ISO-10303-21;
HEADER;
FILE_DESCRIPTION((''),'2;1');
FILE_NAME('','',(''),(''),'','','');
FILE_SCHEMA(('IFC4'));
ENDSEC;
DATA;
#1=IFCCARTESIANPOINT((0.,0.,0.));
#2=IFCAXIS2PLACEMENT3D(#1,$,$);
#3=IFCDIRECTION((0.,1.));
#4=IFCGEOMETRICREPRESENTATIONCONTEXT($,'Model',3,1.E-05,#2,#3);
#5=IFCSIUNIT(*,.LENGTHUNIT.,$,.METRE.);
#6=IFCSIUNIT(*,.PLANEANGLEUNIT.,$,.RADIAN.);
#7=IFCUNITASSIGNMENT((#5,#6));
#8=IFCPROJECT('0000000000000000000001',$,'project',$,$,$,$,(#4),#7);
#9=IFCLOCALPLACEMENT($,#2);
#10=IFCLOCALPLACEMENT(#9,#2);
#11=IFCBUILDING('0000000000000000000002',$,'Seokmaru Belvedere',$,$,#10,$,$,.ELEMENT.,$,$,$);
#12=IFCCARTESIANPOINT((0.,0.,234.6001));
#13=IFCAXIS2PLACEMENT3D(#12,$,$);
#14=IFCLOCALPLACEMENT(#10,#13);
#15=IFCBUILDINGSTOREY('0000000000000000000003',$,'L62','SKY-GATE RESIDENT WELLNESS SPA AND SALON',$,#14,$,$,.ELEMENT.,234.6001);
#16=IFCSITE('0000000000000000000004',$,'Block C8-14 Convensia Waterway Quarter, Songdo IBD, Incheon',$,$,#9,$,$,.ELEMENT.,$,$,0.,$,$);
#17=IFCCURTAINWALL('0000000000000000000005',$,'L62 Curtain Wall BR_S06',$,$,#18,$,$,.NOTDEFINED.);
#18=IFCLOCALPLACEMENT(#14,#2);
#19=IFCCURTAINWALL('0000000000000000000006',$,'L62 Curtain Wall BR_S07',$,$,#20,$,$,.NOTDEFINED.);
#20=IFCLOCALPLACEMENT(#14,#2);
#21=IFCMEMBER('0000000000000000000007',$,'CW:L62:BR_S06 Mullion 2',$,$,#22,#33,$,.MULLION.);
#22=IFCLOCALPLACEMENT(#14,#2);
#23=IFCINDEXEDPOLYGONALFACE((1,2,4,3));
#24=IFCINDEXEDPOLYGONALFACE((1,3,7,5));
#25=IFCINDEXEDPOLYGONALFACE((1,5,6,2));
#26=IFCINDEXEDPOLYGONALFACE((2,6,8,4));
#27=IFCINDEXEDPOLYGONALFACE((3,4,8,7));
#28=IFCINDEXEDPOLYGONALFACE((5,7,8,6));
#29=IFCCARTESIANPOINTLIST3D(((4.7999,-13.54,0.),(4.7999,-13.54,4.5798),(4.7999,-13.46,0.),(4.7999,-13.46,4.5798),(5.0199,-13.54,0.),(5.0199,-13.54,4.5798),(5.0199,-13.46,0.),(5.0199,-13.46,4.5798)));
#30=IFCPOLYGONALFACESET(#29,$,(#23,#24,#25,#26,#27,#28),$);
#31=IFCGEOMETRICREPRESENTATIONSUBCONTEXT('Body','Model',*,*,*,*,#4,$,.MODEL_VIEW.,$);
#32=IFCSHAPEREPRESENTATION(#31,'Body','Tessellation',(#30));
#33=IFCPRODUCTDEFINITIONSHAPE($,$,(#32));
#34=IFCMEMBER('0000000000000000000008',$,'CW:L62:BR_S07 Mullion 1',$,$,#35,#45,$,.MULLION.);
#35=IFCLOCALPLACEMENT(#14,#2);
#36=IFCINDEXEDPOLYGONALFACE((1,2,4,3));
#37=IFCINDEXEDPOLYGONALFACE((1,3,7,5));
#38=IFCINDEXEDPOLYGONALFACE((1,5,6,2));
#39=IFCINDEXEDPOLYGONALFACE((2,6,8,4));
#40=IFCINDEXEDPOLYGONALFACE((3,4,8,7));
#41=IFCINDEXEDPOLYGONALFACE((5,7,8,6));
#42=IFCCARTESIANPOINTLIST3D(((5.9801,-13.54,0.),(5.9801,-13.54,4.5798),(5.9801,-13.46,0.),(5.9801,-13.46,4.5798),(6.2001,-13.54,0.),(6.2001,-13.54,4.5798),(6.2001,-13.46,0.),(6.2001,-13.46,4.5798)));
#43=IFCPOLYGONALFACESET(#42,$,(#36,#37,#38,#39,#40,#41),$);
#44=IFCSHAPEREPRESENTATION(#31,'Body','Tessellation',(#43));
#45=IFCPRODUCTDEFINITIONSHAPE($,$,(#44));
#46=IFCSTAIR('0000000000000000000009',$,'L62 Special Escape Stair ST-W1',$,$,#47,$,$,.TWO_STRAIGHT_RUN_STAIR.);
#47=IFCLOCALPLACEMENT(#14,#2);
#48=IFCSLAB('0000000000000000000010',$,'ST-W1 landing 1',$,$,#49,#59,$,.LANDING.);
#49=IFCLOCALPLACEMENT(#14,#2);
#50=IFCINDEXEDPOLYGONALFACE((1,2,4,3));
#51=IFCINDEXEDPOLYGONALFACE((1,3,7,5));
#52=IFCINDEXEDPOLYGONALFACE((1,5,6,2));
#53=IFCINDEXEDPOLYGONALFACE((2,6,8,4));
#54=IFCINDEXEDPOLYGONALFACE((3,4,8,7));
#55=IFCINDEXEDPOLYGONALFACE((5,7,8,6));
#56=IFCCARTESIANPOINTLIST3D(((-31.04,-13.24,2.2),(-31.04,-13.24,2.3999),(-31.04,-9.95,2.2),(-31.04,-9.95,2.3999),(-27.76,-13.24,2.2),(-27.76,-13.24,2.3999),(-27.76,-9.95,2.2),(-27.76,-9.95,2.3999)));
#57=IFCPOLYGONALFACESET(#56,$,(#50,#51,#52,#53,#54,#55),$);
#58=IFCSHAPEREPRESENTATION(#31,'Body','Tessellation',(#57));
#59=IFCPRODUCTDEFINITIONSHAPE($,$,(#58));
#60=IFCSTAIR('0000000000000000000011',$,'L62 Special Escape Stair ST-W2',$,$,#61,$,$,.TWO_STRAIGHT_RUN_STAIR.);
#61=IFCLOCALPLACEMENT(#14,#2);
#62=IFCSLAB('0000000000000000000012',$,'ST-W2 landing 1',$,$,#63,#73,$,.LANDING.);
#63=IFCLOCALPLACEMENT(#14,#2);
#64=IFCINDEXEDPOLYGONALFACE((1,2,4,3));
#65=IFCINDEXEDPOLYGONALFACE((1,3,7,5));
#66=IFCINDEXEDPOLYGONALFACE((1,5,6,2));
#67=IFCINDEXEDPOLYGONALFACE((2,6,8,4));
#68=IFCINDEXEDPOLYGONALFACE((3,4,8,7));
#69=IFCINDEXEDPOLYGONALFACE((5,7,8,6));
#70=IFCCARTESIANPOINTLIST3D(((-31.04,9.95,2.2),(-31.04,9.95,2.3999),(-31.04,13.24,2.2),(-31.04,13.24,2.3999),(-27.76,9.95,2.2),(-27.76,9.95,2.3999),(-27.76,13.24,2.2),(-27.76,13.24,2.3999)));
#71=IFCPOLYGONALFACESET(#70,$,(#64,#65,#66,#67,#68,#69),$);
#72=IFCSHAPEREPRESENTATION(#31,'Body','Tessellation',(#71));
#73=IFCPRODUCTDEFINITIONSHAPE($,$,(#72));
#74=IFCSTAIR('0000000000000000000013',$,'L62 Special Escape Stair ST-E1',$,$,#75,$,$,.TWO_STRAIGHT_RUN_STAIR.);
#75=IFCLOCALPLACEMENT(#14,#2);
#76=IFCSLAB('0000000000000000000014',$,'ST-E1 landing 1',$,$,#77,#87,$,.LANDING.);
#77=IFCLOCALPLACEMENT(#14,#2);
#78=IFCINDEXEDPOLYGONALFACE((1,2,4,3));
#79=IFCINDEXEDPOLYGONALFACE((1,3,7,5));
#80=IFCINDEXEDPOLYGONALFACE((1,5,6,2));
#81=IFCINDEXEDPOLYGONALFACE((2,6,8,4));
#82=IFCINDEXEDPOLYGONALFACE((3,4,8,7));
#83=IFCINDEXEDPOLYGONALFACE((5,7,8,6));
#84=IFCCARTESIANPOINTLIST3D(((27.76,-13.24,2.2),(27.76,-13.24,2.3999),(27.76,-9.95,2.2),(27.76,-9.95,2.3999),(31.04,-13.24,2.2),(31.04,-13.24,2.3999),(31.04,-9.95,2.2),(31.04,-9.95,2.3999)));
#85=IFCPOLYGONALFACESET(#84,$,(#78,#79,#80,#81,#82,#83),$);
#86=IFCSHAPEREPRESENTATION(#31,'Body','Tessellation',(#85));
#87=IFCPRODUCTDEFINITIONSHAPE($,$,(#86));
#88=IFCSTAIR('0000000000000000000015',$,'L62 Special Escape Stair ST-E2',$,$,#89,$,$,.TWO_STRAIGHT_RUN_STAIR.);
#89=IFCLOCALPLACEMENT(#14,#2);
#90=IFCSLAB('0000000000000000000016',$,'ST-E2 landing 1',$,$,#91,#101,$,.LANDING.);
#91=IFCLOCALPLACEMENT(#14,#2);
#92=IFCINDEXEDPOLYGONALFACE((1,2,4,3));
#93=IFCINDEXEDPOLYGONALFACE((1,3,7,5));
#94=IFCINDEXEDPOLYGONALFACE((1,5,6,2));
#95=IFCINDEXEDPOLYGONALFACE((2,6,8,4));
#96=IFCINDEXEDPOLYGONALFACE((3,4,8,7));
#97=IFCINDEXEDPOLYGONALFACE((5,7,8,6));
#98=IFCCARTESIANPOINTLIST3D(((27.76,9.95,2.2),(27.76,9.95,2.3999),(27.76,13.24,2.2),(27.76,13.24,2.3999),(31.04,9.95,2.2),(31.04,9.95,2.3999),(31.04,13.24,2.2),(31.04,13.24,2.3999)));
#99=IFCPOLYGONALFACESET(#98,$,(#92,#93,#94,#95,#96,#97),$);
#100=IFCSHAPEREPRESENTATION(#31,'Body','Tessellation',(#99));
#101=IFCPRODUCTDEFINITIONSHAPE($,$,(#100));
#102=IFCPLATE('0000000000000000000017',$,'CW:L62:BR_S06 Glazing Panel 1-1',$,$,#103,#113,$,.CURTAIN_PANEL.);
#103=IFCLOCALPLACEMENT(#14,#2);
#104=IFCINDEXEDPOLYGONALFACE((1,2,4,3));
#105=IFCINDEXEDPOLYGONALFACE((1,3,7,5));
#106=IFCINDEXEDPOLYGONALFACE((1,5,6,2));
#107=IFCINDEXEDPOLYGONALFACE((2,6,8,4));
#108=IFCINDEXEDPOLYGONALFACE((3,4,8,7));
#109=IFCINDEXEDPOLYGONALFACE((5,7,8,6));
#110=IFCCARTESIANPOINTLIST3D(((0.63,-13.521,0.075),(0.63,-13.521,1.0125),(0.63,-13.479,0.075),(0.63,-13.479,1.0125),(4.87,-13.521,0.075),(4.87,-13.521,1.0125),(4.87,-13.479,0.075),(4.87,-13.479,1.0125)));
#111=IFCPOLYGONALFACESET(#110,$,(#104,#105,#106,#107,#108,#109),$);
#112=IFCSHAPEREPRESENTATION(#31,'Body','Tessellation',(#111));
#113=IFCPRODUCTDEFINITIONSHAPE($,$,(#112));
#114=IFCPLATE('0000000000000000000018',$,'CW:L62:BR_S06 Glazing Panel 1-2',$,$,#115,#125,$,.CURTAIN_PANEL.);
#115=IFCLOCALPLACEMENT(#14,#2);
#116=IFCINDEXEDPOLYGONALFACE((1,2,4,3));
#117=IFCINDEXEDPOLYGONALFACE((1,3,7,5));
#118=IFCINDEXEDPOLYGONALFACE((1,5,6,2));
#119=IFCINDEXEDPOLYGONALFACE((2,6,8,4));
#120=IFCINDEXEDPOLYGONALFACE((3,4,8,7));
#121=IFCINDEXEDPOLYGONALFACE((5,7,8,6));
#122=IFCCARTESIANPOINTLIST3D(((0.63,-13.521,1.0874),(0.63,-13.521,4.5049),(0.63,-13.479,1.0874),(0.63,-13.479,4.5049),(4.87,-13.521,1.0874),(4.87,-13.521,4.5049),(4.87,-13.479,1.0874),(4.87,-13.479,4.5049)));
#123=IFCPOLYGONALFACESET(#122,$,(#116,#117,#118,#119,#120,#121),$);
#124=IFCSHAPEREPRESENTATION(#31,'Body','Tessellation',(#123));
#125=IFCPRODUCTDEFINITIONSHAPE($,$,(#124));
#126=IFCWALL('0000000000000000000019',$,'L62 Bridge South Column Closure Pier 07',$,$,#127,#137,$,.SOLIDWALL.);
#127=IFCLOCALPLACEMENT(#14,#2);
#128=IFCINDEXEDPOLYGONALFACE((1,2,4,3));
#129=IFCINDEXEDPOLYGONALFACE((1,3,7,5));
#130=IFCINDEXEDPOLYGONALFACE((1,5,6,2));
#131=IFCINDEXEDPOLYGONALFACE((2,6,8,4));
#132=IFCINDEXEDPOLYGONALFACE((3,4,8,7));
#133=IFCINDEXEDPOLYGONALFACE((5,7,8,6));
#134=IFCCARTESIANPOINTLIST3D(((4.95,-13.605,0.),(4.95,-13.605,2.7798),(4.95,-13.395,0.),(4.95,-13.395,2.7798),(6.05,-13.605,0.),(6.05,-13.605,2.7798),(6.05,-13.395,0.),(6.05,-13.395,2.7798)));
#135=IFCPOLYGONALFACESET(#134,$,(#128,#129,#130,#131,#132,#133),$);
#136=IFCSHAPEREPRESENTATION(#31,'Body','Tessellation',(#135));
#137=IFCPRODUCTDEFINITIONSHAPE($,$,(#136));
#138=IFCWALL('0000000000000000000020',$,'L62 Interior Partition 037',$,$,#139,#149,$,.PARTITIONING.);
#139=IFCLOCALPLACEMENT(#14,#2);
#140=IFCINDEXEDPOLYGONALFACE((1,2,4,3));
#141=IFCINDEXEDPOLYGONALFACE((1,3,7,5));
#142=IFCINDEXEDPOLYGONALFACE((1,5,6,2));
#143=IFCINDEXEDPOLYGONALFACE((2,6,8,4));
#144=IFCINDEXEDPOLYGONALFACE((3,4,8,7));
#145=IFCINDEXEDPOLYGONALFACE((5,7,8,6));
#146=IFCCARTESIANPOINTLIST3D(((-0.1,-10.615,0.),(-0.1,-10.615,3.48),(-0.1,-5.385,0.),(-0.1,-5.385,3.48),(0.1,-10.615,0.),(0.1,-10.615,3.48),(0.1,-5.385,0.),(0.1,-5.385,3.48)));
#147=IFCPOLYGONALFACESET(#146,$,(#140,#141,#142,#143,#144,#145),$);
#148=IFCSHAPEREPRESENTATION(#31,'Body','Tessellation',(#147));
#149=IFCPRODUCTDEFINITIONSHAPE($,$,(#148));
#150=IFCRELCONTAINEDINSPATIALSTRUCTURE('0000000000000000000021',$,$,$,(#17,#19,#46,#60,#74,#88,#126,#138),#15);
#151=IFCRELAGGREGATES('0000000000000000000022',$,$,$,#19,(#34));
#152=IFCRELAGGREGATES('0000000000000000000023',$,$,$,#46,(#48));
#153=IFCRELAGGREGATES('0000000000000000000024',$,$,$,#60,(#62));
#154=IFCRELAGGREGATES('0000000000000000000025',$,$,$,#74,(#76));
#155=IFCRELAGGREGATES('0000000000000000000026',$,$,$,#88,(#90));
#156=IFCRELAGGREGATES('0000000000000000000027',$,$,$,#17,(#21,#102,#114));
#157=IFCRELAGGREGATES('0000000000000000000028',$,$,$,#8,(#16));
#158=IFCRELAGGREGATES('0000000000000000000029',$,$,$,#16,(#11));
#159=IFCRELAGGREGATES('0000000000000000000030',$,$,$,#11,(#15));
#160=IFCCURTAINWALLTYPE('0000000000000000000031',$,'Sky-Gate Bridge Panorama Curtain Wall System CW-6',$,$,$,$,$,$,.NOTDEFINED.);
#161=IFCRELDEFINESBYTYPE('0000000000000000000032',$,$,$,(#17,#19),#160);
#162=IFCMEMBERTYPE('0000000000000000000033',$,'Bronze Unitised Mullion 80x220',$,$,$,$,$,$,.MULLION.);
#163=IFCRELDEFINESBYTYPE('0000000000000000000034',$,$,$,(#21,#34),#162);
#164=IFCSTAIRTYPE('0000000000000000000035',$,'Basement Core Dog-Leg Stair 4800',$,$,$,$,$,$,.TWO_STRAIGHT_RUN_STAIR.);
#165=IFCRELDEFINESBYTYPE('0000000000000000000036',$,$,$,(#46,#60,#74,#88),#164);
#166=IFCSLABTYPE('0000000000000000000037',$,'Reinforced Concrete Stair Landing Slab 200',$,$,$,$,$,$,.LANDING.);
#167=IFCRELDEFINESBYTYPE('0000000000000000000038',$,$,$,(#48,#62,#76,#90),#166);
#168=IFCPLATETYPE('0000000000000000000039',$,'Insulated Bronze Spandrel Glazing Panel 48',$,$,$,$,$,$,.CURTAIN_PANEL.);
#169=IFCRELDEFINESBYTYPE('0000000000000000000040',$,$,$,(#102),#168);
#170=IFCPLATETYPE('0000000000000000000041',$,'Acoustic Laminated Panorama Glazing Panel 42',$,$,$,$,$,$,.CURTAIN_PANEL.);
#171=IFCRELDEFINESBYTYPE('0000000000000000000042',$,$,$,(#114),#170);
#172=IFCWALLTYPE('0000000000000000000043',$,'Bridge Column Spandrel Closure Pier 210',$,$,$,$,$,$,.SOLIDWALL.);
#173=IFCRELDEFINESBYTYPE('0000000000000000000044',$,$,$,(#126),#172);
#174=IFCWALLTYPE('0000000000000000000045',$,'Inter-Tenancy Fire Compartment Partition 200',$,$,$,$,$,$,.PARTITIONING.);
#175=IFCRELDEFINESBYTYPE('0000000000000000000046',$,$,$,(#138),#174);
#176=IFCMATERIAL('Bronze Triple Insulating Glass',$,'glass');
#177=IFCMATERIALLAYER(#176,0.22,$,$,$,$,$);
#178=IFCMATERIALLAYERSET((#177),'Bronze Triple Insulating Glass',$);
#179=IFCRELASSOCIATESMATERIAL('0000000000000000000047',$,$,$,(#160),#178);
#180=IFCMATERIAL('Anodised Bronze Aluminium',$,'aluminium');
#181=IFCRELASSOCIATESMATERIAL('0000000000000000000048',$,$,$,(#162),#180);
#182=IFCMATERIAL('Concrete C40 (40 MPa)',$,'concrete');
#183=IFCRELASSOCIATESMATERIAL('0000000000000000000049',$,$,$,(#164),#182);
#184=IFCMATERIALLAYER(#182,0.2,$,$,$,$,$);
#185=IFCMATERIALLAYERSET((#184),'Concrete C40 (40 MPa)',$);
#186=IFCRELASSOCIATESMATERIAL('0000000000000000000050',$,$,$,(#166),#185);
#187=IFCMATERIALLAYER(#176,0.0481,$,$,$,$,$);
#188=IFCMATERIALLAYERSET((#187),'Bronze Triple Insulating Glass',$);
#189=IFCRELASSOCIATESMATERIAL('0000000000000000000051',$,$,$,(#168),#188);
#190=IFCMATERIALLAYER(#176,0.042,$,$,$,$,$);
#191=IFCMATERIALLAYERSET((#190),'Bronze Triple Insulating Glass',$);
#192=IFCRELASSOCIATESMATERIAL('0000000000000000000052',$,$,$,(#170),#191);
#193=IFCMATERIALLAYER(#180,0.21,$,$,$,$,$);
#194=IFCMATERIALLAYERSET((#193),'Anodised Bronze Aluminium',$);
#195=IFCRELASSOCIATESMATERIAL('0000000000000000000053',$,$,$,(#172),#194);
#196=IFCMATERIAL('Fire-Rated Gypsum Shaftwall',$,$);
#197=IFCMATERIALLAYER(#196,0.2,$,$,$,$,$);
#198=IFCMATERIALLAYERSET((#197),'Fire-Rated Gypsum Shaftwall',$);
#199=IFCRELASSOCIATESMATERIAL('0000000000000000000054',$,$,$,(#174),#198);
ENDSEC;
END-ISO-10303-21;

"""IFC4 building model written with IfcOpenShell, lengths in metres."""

from ifc_helpers import new_model, si_unit, direction, frame, frame_2d, origin, origin_2d, place, context, subcontext, project, spatial, polyline, rectangle, outline, extrude, source, transform, mapped, material, layer, layer_set, material_profile, profile_set, type_object, type_shapes, element, aggregate, save


model = new_model("IFC4")

# Units and contexts
model_context = context("Model", 3, precision=1e-05, world=origin(), true_north=direction((0.0, 1.0)))
body_context = subcontext(model_context, "Body", "Model", "MODEL_VIEW")
ifc_project = project(units=[si_unit("LENGTHUNIT", "METRE"), si_unit("PLANEANGLEUNIT", "RADIAN")], contexts=[model_context])

# Site, building, storey
site_placement = place(None, origin())
site = spatial("IfcSite", under=ifc_project, at=site_placement, Name="Block C8-14 Convensia Waterway Quarter, Songdo IBD, Incheon", CompositionType="ELEMENT", RefElevation=0.0)
building_placement = place(site_placement, origin())
building = spatial("IfcBuilding", under=site, at=building_placement, Name="Seokmaru Belvedere", CompositionType="ELEMENT")
storey_placement = place(building_placement, frame((0.0, 0.0, 234.6001)))
storey = spatial("IfcBuildingStorey", under=building, at=storey_placement, Name="L62", Description="SKY-GATE RESIDENT WELLNESS SPA AND SALON", CompositionType="ELEMENT", Elevation=234.6001)

# Curtain walls
ifc_material_1 = material(Name="Bronze Triple Insulating Glass", Category="glass")
ifc_layer_1 = layer(ifc_material_1, 0.22)
ifc_layer_set_1 = layer_set([ifc_layer_1], Name="Bronze Triple Insulating Glass")
curtain_wall_type = type_object("IfcCurtainWallType", Name="Sky-Gate Bridge Panorama Curtain Wall System CW-6", PredefinedType="NOTDEFINED", material=ifc_layer_set_1)
curtain_wall_1_placement = place(storey_placement, origin())
curtain_wall_1 = element("IfcCurtainWall", 1, at=curtain_wall_1_placement, inside=storey, type_object=curtain_wall_type, Name="L62 Curtain Wall BR_S06", PredefinedType="NOTDEFINED")
ifc_material_2 = material(Name="Anodised Bronze Aluminium", Category="aluminium")
curtain_wall_2_placement = place(storey_placement, origin())
curtain_wall_2 = element("IfcCurtainWall", 2, at=curtain_wall_2_placement, inside=storey, type_object=curtain_wall_type, Name="L62 Curtain Wall BR_S07", PredefinedType="NOTDEFINED")

# Members
ifc_material_profile_1 = material_profile(ifc_material_2, rectangle(XDim=0.0801, YDim=0.22, at=origin_2d()), Name="CW-M-80x220")
ifc_profile_set_1 = profile_set([ifc_material_profile_1], Name="Anodised Bronze Aluminium")
member_type_1 = type_object("IfcMemberType", Name="Bronze Unitised Mullion 80x220", PredefinedType="MULLION", material=ifc_profile_set_1)
shared_shape_1 = source(origin(), body_context, "Body", "SweptSolid", [
    extrude(rectangle(XDim=0.0801, YDim=0.22, at=origin_2d()), origin(), (0.0, 0.0, 1.0), 4.5798),
])
type_shapes(member_type_1, [shared_shape_1])
member_1_placement = place(storey_placement, frame((4.9099, -13.5, 0.0), z_axis=(0.0, 0.0, 1.0), x_axis=(0.0, 1.0, 0.0)))
member_1 = element("IfcMember", 3, at=member_1_placement, type_object=member_type_1, Name="CW:L62:BR_S06 Mullion 2", PredefinedType="MULLION", context=body_context, shape_type="MappedRepresentation", body=[
    mapped(shared_shape_1, transform((0.0, 0.0, 0.0), scale=1.0)),
])
member_2_placement = place(storey_placement, frame((6.0901, -13.5, 0.0), z_axis=(0.0, 0.0, 1.0), x_axis=(0.0, 1.0, 0.0)))
member_2 = element("IfcMember", 4, at=member_2_placement, type_object=member_type_1, Name="CW:L62:BR_S07 Mullion 1", PredefinedType="MULLION", context=body_context, shape_type="MappedRepresentation", body=[
    mapped(shared_shape_1, transform((0.0, 0.0, 0.0), scale=1.0)),
])
aggregate(curtain_wall_2, [member_2])

# Stairs, slabs
ifc_material_3 = material(Name="Concrete C40 (40 MPa)", Category="concrete")
stair_type = type_object("IfcStairType", Name="Basement Core Dog-Leg Stair 4800", PredefinedType="TWO_STRAIGHT_RUN_STAIR", material=ifc_material_3)
stair_1_placement = place(storey_placement, origin())
stair_1 = element("IfcStair", 5, at=stair_1_placement, inside=storey, type_object=stair_type, Name="L62 Special Escape Stair ST-W1", PredefinedType="TWO_STRAIGHT_RUN_STAIR")
ifc_layer_2 = layer(ifc_material_3, 0.2)
ifc_layer_set_2 = layer_set([ifc_layer_2], Name="Concrete C40 (40 MPa)")
slab_type = type_object("IfcSlabType", Name="Reinforced Concrete Stair Landing Slab 200", PredefinedType="LANDING", material=ifc_layer_set_2)
slab_1_placement = place(storey_placement, frame((0.0, 0.0, 2.2)))
slab_1 = element("IfcSlab", 6, at=slab_1_placement, type_object=slab_type, Name="ST-W1 landing 1", PredefinedType="LANDING", context=body_context, shape_type="SweptSolid", body=[
    extrude(outline(polyline([(-31.04, -13.24), (-27.76, -13.24), (-27.76, -9.95), (-31.04, -9.95), (-31.04, -13.24)])), origin(), (0.0, 0.0, 1.0), 0.2),
])
aggregate(stair_1, [slab_1])
stair_2_placement = place(storey_placement, origin())
stair_2 = element("IfcStair", 7, at=stair_2_placement, inside=storey, type_object=stair_type, Name="L62 Special Escape Stair ST-W2", PredefinedType="TWO_STRAIGHT_RUN_STAIR")
slab_2_placement = place(storey_placement, frame((0.0, 0.0, 2.2)))
slab_2 = element("IfcSlab", 8, at=slab_2_placement, type_object=slab_type, Name="ST-W2 landing 1", PredefinedType="LANDING", context=body_context, shape_type="SweptSolid", body=[
    extrude(outline(polyline([(-31.04, 9.95), (-27.76, 9.95), (-27.76, 13.24), (-31.04, 13.24), (-31.04, 9.95)])), origin(), (0.0, 0.0, 1.0), 0.2),
])
aggregate(stair_2, [slab_2])
stair_3_placement = place(storey_placement, origin())
stair_3 = element("IfcStair", 9, at=stair_3_placement, inside=storey, type_object=stair_type, Name="L62 Special Escape Stair ST-E1", PredefinedType="TWO_STRAIGHT_RUN_STAIR")
slab_3_placement = place(storey_placement, frame((0.0, 0.0, 2.2)))
slab_3 = element("IfcSlab", 10, at=slab_3_placement, type_object=slab_type, Name="ST-E1 landing 1", PredefinedType="LANDING", context=body_context, shape_type="SweptSolid", body=[
    extrude(outline(polyline([(27.76, -13.24), (31.04, -13.24), (31.04, -9.95), (27.76, -9.95), (27.76, -13.24)])), origin(), (0.0, 0.0, 1.0), 0.2),
])
aggregate(stair_3, [slab_3])
stair_4_placement = place(storey_placement, origin())
stair_4 = element("IfcStair", 11, at=stair_4_placement, inside=storey, type_object=stair_type, Name="L62 Special Escape Stair ST-E2", PredefinedType="TWO_STRAIGHT_RUN_STAIR")
slab_4_placement = place(storey_placement, frame((0.0, 0.0, 2.2)))
slab_4 = element("IfcSlab", 12, at=slab_4_placement, type_object=slab_type, Name="ST-E2 landing 1", PredefinedType="LANDING", context=body_context, shape_type="SweptSolid", body=[
    extrude(outline(polyline([(27.76, 9.95), (31.04, 9.95), (31.04, 13.24), (27.76, 13.24), (27.76, 9.95)])), origin(), (0.0, 0.0, 1.0), 0.2),
])
aggregate(stair_4, [slab_4])

# Plates
ifc_layer_3 = layer(ifc_material_1, 0.0481)
ifc_layer_set_3 = layer_set([ifc_layer_3], Name="Bronze Triple Insulating Glass")
plate_type_1 = type_object("IfcPlateType", Name="Insulated Bronze Spandrel Glazing Panel 48", PredefinedType="CURTAIN_PANEL", material=ifc_layer_set_3)
shared_shape_2 = source(origin(), body_context, "Body", "SweptSolid", [
    extrude(rectangle(XDim=4.24, YDim=0.042, at=origin_2d()), origin(), (0.0, 0.0, 1.0), 0.9375),
])
type_shapes(plate_type_1, [shared_shape_2])
plate_1_placement = place(storey_placement, frame((2.75, -13.5, 0.075), z_axis=(0.0, 0.0, 1.0), x_axis=(1.0, 0.0, 0.0)))
plate_1 = element("IfcPlate", 13, at=plate_1_placement, type_object=plate_type_1, Name="CW:L62:BR_S06 Glazing Panel 1-1", PredefinedType="CURTAIN_PANEL", context=body_context, shape_type="MappedRepresentation", body=[
    mapped(shared_shape_2, transform((0.0, 0.0, 0.0), scale=1.0)),
])
ifc_layer_4 = layer(ifc_material_1, 0.042)
ifc_layer_set_4 = layer_set([ifc_layer_4], Name="Bronze Triple Insulating Glass")
plate_type_2 = type_object("IfcPlateType", Name="Acoustic Laminated Panorama Glazing Panel 42", PredefinedType="CURTAIN_PANEL", material=ifc_layer_set_4)
shared_shape_3 = source(origin(), body_context, "Body", "SweptSolid", [
    extrude(rectangle(XDim=4.24, YDim=0.042, at=origin_2d()), origin(), (0.0, 0.0, 1.0), 3.4175),
])
type_shapes(plate_type_2, [shared_shape_3])
plate_2_placement = place(storey_placement, frame((2.75, -13.5, 1.0874), z_axis=(0.0, 0.0, 1.0), x_axis=(1.0, 0.0, 0.0)))
plate_2 = element("IfcPlate", 14, at=plate_2_placement, type_object=plate_type_2, Name="CW:L62:BR_S06 Glazing Panel 1-2", PredefinedType="CURTAIN_PANEL", context=body_context, shape_type="MappedRepresentation", body=[
    mapped(shared_shape_3, transform((0.0, 0.0, 0.0), scale=1.0)),
])
aggregate(curtain_wall_1, [member_1, plate_1, plate_2])

# Walls
ifc_layer_5 = layer(ifc_material_2, 0.21)
ifc_layer_set_5 = layer_set([ifc_layer_5], Name="Anodised Bronze Aluminium")
wall_type_1 = type_object("IfcWallType", Name="Bridge Column Spandrel Closure Pier 210", PredefinedType="SOLIDWALL", material=ifc_layer_set_5)
wall_1_placement = place(storey_placement, frame((4.95, -13.5, 0.0), z_axis=(0.0, 0.0, 1.0), x_axis=(1.0, 0.0, 0.0)))
element("IfcWall", 15, at=wall_1_placement, inside=storey, type_object=wall_type_1, Name="L62 Bridge South Column Closure Pier 07", PredefinedType="SOLIDWALL", context=body_context, shape_type="SweptSolid", body=[
    extrude(rectangle(XDim=1.1001, YDim=0.21, at=frame_2d((0.55, 0.0))), origin(), (0.0, 0.0, 1.0), 2.7798),
])
ifc_material_4 = material(Name="Fire-Rated Gypsum Shaftwall")
ifc_layer_6 = layer(ifc_material_4, 0.2)
ifc_layer_set_6 = layer_set([ifc_layer_6], Name="Fire-Rated Gypsum Shaftwall")
wall_type_2 = type_object("IfcWallType", Name="Inter-Tenancy Fire Compartment Partition 200", PredefinedType="PARTITIONING", material=ifc_layer_set_6)
wall_2_placement = place(storey_placement, frame((0.0, -10.615, 0.0), z_axis=(0.0, 0.0, 1.0), x_axis=(0.0, 1.0, 0.0)))
element("IfcWall", 16, at=wall_2_placement, inside=storey, type_object=wall_type_2, Name="L62 Interior Partition 037", PredefinedType="PARTITIONING", context=body_context, shape_type="SweptSolid", body=[
    extrude(rectangle(XDim=5.23, YDim=0.2, at=frame_2d((2.615, 0.0))), origin(), (0.0, 0.0, 1.0), 3.48),
])

save(model, "model.ifc")
